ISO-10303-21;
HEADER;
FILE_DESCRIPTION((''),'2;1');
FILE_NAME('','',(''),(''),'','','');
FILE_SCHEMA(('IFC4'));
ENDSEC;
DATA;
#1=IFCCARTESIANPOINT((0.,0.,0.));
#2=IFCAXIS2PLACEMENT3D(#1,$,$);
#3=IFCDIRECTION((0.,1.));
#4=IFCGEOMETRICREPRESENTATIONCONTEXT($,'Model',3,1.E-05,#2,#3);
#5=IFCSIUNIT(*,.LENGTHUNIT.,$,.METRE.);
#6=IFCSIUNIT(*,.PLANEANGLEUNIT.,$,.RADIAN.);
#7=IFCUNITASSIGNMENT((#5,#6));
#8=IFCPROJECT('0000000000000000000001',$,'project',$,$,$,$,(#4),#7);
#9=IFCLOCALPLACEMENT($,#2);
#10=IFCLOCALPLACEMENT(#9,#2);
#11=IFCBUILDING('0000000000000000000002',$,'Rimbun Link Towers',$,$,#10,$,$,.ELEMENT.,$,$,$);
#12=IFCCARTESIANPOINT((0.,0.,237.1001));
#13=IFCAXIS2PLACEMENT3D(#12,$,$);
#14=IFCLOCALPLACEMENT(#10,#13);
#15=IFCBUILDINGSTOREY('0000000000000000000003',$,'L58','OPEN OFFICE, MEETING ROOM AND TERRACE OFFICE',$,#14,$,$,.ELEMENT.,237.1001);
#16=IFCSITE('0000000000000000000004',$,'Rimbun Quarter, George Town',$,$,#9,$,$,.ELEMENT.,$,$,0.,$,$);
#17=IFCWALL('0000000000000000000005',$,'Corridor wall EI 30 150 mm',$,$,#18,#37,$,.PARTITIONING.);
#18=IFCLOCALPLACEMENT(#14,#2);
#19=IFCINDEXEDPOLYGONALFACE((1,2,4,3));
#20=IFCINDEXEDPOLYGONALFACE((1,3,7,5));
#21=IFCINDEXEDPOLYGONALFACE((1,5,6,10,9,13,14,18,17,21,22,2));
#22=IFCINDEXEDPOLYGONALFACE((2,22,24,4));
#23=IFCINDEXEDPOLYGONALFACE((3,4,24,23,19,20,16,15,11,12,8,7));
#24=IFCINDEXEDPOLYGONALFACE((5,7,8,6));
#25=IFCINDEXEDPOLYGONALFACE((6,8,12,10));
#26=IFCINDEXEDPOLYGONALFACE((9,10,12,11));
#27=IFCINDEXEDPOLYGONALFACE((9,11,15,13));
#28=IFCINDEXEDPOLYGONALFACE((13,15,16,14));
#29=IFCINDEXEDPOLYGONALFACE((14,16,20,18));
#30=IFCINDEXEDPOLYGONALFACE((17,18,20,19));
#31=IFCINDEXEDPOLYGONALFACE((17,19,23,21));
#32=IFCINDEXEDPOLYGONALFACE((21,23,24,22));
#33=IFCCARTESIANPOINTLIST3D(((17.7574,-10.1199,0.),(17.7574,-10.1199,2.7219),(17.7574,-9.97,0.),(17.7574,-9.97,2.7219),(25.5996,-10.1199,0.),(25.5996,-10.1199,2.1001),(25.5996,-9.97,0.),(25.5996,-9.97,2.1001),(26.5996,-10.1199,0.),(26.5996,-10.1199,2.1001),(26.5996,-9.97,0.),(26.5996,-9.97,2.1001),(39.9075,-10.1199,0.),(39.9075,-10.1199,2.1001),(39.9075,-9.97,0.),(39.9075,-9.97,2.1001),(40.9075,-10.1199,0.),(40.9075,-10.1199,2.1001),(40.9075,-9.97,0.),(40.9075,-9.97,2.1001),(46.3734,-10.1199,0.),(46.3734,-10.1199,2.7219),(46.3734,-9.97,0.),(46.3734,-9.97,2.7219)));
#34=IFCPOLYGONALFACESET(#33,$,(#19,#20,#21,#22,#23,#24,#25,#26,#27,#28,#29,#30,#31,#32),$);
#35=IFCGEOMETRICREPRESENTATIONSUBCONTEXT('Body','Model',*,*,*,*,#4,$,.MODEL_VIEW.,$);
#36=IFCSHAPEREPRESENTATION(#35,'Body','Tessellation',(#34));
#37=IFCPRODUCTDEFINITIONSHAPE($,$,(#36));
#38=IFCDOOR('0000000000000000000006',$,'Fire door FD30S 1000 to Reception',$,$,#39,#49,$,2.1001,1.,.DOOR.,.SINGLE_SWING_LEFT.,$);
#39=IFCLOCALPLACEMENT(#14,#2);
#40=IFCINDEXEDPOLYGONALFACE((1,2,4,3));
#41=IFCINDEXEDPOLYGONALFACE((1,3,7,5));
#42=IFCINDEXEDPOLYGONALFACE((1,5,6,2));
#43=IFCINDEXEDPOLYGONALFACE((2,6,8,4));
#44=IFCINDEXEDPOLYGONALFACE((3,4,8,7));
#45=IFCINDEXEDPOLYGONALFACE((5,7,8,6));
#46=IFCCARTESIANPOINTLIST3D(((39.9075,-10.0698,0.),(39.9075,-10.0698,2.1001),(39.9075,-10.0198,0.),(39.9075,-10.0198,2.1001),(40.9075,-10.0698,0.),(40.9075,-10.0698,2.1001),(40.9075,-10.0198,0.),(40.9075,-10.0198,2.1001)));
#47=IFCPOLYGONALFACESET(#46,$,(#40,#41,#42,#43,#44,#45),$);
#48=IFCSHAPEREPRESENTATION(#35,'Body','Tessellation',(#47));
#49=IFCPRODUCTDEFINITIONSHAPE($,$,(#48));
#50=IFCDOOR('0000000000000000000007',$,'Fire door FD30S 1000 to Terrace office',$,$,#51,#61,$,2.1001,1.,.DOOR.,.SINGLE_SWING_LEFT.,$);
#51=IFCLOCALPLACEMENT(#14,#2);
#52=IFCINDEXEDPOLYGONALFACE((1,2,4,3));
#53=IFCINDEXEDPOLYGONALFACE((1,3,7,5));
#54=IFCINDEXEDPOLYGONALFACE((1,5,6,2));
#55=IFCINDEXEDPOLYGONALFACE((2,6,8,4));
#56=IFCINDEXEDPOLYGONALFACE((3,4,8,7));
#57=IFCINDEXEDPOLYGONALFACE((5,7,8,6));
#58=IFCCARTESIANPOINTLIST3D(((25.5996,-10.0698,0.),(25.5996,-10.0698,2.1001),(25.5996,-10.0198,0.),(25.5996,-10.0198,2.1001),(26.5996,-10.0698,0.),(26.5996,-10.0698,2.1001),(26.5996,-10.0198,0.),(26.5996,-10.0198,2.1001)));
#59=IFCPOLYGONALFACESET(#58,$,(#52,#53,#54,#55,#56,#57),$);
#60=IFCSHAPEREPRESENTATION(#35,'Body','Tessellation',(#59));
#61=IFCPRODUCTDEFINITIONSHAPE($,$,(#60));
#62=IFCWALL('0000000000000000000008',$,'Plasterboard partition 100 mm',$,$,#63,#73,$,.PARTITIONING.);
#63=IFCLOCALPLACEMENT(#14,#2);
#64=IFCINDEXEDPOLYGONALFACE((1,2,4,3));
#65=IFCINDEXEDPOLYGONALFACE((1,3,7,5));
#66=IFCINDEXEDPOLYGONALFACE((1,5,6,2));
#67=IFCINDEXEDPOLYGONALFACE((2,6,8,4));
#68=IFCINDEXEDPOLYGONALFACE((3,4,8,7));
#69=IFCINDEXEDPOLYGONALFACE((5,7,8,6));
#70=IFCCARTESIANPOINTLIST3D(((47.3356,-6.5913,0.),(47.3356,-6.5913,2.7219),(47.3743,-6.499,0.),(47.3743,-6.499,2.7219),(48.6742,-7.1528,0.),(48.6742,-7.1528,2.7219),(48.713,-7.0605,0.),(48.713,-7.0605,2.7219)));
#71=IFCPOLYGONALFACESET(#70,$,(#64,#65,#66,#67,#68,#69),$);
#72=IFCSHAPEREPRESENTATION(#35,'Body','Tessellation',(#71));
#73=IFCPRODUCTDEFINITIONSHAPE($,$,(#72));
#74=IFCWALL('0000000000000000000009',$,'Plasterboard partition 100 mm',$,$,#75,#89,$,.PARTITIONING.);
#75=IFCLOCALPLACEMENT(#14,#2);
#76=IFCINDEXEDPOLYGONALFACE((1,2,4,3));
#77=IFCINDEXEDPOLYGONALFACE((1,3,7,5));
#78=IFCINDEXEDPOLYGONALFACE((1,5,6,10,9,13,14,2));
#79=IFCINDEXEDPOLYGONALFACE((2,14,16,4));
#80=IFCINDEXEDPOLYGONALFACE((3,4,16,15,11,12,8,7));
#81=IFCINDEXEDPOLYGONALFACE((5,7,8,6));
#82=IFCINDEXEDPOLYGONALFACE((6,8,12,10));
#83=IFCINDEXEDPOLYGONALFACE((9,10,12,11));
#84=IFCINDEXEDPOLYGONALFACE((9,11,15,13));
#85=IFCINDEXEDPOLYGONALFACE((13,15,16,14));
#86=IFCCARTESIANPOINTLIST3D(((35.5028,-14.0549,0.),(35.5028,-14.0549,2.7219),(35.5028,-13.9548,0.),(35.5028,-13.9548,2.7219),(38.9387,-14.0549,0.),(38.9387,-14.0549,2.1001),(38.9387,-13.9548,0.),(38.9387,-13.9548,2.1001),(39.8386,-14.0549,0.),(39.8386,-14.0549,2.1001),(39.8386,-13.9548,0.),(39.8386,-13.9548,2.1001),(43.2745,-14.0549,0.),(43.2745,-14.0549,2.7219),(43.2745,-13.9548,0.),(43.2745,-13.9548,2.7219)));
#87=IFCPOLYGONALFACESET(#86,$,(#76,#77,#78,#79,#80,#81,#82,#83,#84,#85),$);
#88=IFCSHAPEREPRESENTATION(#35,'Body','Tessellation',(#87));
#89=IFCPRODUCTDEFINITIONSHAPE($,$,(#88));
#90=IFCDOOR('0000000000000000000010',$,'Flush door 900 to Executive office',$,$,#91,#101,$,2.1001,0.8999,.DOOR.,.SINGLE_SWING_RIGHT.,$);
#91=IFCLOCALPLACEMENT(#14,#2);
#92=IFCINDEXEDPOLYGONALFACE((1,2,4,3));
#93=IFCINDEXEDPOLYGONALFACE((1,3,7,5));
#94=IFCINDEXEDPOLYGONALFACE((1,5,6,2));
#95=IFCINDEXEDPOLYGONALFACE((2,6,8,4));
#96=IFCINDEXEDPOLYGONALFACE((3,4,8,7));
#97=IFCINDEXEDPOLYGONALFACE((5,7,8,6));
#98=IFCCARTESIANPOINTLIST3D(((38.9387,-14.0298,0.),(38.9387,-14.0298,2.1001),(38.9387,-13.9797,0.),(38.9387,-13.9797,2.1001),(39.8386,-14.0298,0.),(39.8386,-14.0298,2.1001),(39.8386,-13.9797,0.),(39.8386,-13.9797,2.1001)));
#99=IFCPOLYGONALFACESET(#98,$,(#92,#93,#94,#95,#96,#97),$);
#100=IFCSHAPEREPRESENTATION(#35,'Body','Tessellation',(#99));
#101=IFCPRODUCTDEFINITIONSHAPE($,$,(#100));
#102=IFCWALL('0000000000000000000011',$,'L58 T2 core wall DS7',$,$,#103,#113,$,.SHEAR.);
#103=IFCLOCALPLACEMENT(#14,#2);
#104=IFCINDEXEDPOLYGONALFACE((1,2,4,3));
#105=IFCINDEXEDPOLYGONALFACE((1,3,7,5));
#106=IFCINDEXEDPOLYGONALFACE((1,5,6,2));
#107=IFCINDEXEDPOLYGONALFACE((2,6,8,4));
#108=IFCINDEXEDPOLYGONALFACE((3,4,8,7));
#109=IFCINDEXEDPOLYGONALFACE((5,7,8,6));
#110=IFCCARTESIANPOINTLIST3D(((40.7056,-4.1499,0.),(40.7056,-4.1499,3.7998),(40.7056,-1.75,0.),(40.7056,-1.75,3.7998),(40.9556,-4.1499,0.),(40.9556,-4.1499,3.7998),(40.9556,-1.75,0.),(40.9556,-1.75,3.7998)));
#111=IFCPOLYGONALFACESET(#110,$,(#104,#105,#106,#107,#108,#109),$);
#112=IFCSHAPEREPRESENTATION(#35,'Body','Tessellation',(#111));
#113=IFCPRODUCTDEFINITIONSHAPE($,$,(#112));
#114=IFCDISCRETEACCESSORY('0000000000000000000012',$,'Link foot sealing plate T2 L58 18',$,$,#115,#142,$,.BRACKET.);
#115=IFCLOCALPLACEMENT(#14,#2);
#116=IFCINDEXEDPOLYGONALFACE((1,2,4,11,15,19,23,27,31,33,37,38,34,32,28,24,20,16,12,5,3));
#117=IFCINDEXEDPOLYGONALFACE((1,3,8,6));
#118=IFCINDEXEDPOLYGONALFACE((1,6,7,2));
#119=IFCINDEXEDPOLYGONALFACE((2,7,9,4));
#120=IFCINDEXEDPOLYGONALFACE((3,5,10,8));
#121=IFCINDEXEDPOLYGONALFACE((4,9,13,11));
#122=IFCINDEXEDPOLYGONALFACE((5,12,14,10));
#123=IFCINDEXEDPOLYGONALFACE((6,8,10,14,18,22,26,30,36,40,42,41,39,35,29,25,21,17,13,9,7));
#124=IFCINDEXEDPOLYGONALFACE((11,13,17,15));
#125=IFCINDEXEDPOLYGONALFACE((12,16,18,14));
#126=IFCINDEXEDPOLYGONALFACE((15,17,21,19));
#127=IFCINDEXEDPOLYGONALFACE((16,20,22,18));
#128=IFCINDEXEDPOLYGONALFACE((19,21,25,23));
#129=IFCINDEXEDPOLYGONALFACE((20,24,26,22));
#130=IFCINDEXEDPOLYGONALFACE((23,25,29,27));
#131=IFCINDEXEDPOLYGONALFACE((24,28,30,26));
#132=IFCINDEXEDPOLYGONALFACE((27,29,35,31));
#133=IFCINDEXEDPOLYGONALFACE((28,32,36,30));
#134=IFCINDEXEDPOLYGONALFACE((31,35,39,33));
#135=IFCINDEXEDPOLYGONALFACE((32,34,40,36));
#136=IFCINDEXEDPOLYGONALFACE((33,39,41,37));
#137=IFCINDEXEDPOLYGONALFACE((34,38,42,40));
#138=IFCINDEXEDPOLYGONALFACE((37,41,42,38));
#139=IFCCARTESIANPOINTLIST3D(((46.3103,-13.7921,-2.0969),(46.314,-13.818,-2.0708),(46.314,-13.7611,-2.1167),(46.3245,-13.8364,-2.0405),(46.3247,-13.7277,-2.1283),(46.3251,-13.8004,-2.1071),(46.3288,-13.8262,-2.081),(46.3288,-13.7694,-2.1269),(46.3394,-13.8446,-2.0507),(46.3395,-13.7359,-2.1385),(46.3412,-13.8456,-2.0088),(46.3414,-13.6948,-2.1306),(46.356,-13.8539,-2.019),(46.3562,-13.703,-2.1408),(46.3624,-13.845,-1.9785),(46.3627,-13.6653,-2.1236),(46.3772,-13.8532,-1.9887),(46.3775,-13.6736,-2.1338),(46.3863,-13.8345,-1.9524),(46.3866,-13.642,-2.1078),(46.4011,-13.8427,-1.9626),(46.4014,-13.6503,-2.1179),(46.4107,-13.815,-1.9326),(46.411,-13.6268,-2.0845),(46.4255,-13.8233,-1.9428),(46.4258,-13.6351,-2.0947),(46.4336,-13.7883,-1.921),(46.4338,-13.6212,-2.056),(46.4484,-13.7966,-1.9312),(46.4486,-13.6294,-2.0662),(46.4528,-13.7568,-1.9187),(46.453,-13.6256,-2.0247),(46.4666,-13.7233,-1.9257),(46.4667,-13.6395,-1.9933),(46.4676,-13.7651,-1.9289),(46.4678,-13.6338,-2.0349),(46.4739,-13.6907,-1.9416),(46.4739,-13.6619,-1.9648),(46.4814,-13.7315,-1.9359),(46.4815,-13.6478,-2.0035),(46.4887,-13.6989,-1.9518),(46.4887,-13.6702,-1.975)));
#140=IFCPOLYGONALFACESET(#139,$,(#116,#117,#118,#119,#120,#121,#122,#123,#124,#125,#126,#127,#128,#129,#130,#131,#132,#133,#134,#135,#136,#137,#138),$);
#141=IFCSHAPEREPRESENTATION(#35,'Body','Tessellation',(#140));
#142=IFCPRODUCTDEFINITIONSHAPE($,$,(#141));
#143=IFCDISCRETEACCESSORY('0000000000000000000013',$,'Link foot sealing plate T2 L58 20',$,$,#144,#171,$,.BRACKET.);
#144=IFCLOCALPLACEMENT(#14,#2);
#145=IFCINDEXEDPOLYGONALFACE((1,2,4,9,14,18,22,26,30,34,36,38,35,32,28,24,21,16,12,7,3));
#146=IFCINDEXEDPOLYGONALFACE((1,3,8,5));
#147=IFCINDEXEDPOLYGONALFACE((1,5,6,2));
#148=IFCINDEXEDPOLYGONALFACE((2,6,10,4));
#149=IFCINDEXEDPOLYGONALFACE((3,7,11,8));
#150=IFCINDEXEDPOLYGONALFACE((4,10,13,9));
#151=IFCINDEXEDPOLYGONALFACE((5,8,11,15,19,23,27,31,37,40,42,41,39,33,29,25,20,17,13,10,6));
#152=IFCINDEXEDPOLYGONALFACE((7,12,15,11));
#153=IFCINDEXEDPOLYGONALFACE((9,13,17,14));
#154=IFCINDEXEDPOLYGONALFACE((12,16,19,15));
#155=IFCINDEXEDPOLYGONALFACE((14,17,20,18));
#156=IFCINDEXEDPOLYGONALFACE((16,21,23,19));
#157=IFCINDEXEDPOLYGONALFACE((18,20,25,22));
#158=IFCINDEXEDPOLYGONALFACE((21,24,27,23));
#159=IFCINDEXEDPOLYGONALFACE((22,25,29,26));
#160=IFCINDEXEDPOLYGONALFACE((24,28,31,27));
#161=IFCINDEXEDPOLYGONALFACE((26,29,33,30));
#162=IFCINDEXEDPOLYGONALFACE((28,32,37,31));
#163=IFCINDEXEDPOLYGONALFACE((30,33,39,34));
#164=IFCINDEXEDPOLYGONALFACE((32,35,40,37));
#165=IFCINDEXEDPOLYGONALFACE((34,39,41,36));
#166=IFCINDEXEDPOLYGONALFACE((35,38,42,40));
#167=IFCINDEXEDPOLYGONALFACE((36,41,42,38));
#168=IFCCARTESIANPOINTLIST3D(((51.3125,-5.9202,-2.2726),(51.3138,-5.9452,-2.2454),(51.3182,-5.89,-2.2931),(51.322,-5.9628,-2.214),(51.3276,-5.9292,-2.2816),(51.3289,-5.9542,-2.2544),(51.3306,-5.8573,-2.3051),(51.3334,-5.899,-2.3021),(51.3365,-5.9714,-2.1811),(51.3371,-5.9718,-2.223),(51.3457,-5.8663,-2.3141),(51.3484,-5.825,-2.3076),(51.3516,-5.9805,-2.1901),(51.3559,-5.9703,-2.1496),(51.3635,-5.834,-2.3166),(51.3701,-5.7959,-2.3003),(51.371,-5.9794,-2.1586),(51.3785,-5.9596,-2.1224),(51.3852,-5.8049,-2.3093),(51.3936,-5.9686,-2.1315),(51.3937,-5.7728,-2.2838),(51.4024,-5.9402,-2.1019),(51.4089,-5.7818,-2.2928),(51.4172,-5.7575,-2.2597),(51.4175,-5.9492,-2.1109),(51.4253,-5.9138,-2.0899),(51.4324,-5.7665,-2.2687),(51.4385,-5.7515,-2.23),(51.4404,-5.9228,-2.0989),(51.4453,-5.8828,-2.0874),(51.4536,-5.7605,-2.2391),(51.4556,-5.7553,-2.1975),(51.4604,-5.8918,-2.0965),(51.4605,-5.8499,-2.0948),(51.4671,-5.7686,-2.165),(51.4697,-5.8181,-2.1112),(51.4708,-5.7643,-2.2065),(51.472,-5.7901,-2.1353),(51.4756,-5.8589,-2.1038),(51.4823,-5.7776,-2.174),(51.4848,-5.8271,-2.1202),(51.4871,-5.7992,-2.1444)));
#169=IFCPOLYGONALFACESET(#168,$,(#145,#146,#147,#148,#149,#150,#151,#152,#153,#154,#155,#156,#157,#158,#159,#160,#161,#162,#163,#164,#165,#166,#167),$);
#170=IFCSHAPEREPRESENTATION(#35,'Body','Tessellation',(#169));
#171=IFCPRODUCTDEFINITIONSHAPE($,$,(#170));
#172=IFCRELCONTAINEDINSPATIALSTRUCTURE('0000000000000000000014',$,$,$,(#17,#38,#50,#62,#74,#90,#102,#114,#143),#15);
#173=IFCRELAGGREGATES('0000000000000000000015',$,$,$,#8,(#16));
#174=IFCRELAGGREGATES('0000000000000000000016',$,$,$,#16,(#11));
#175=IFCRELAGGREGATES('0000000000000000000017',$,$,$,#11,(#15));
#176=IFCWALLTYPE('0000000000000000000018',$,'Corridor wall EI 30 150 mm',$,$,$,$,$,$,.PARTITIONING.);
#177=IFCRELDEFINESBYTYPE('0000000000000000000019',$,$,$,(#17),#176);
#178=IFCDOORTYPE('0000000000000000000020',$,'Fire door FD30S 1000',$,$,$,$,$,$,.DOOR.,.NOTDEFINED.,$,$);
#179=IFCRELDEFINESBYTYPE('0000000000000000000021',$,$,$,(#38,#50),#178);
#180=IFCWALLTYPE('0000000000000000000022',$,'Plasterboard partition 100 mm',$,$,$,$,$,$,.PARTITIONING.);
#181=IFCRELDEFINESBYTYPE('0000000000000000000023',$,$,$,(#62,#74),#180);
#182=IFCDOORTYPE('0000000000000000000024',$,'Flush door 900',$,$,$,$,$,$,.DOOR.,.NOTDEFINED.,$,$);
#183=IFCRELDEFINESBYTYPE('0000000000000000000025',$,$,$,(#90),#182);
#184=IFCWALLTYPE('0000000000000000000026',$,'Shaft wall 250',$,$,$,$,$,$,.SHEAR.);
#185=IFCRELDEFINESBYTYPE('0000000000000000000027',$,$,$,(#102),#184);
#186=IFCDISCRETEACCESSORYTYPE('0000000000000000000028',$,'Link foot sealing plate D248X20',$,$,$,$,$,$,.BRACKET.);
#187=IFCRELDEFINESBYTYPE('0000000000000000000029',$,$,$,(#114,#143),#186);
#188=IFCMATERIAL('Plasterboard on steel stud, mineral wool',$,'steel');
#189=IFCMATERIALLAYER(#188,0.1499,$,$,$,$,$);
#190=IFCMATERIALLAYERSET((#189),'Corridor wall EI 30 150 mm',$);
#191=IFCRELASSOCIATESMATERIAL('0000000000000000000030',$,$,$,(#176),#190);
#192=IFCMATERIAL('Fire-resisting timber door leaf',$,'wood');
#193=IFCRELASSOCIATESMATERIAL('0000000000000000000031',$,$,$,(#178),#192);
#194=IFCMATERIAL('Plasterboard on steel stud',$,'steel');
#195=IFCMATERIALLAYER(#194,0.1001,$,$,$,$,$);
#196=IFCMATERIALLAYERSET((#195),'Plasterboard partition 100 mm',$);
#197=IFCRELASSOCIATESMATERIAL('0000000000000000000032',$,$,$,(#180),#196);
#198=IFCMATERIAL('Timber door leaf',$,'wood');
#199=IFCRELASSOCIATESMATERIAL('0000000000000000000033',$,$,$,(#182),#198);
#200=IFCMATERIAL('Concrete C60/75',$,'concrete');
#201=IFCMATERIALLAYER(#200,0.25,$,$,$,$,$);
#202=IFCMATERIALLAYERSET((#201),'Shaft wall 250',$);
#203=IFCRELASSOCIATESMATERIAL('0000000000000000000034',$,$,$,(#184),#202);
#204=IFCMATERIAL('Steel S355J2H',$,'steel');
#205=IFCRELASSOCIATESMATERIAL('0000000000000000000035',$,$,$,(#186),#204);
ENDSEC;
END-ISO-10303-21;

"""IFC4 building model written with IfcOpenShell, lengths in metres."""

from ifc_helpers import new_model, si_unit, direction, frame, frame_2d, origin, origin_2d, place, context, subcontext, project, spatial, rectangle, circle, extrude, material, layer, layer_set, material_profile, profile_set, type_object, element, fill, save


model = new_model("IFC4")

# Units and contexts
model_context = context("Model", 3, precision=1e-05, world=origin(), true_north=direction((0.0, 1.0)))
body_context = subcontext(model_context, "Body", "Model", "MODEL_VIEW")
ifc_project = project(units=[si_unit("LENGTHUNIT", "METRE"), si_unit("PLANEANGLEUNIT", "RADIAN")], contexts=[model_context])

# Site, building, storey
site_placement = place(None, origin())
site = spatial("IfcSite", under=ifc_project, at=site_placement, Name="Rimbun Quarter, George Town", CompositionType="ELEMENT", RefElevation=0.0)
building_placement = place(site_placement, origin())
building = spatial("IfcBuilding", under=site, at=building_placement, Name="Rimbun Link Towers", CompositionType="ELEMENT")
storey_placement = place(building_placement, frame((0.0, 0.0, 237.1001)))
storey = spatial("IfcBuildingStorey", under=building, at=storey_placement, Name="L58", Description="OPEN OFFICE, MEETING ROOM AND TERRACE OFFICE", CompositionType="ELEMENT", Elevation=237.1001)

# Shared definitions
ifc_material_1 = material(Name="Plasterboard on steel stud, mineral wool", Category="steel")
ifc_layer_1 = layer(ifc_material_1, 0.1499)
ifc_layer_set_1 = layer_set([ifc_layer_1], Name="Corridor wall EI 30 150 mm")
wall_type_1 = type_object("IfcWallType", Name="Corridor wall EI 30 150 mm", PredefinedType="PARTITIONING", material=ifc_layer_set_1)

# Wall, openings, doors
wall_1_placement = place(storey_placement, frame((46.3735, -10.0449, 0.0), z_axis=(0.0, 0.0, 1.0), x_axis=(-1.0, 0.0, 0.0)))
wall_1 = element("IfcWall", 1, at=wall_1_placement, inside=storey, type_object=wall_type_1, Name="Corridor wall EI 30 150 mm", PredefinedType="PARTITIONING", context=body_context, shape_type="SweptSolid", body=[
    extrude(rectangle(XDim=28.616, YDim=0.1499, at=frame_2d((14.3081, 0.0))), origin(), (0.0, 0.0, 1.0), 2.7219),
])
opening_1_placement = place(wall_1_placement, frame((5.4661, 0.0, 0.0)))
opening_1 = element("IfcOpeningElement", 2, at=opening_1_placement, cuts=wall_1, PredefinedType="OPENING", context=body_context, shape_type="SweptSolid", body=[
    extrude(rectangle(XDim=1.0, YDim=2.1001, at=frame_2d((0.5, 1.05))), frame((0.0, 0.085, 0.0), z_axis=(0.0, -1.0, 0.0), x_axis=(1.0, 0.0, 0.0)), (0.0, 0.0, 1.0), 0.1699),
])
opening_2_placement = place(wall_1_placement, frame((19.7739, 0.0, 0.0)))
opening_2 = element("IfcOpeningElement", 3, at=opening_2_placement, cuts=wall_1, PredefinedType="OPENING", context=body_context, shape_type="SweptSolid", body=[
    extrude(rectangle(XDim=1.0, YDim=2.1001, at=frame_2d((0.5, 1.05))), frame((0.0, 0.085, 0.0), z_axis=(0.0, -1.0, 0.0), x_axis=(1.0, 0.0, 0.0)), (0.0, 0.0, 1.0), 0.1699),
])
ifc_material_2 = material(Name="Fire-resisting timber door leaf", Category="wood")
door_type_1 = type_object("IfcDoorType", Name="Fire door FD30S 1000", OperationType="NOTDEFINED", PredefinedType="DOOR", material=ifc_material_2)
door_1_placement = place(opening_1_placement, origin())
door_1 = element("IfcDoor", 4, at=door_1_placement, inside=storey, type_object=door_type_1, Name="Fire door FD30S 1000 to Reception", OperationType="SINGLE_SWING_LEFT", OverallHeight=2.1001, OverallWidth=1.0, PredefinedType="DOOR", context=body_context, shape_type="SweptSolid", body=[
    extrude(rectangle(XDim=1.0, YDim=2.1001, at=frame_2d((0.5, 1.05))), frame((0.0, 0.0249, 0.0), z_axis=(0.0, -1.0, 0.0), x_axis=(1.0, 0.0, 0.0)), (0.0, 0.0, 1.0), 0.05),
])
fill(opening_1, door_1)
door_2_placement = place(opening_2_placement, origin())
door_2 = element("IfcDoor", 5, at=door_2_placement, inside=storey, type_object=door_type_1, Name="Fire door FD30S 1000 to Terrace office", OperationType="SINGLE_SWING_LEFT", OverallHeight=2.1001, OverallWidth=1.0, PredefinedType="DOOR", context=body_context, shape_type="SweptSolid", body=[
    extrude(rectangle(XDim=1.0, YDim=2.1001, at=frame_2d((0.5, 1.05))), frame((0.0, 0.0249, 0.0), z_axis=(0.0, -1.0, 0.0), x_axis=(1.0, 0.0, 0.0)), (0.0, 0.0, 1.0), 0.05),
])
fill(opening_2, door_2)

# Wall
ifc_material_3 = material(Name="Plasterboard on steel stud", Category="steel")
ifc_layer_2 = layer(ifc_material_3, 0.1001)
ifc_layer_set_2 = layer_set([ifc_layer_2], Name="Plasterboard partition 100 mm")
wall_type_2 = type_object("IfcWallType", Name="Plasterboard partition 100 mm", PredefinedType="PARTITIONING", material=ifc_layer_set_2)
wall_2_placement = place(storey_placement, frame((48.6936, -7.1067, 0.0), z_axis=(0.0, 0.0, 1.0), x_axis=(-0.922154, 0.386824, 0.0)))
element("IfcWall", 6, at=wall_2_placement, inside=storey, type_object=wall_type_2, Name="Plasterboard partition 100 mm", PredefinedType="PARTITIONING", context=body_context, shape_type="SweptSolid", body=[
    extrude(rectangle(XDim=1.4517, YDim=0.1001, at=frame_2d((0.7258, 0.0))), origin(), (0.0, 0.0, 1.0), 2.7219),
])

# Wall, opening, door
wall_3_placement = place(storey_placement, frame((43.2744, -14.0049, 0.0), z_axis=(0.0, 0.0, 1.0), x_axis=(-1.0, 0.0, 0.0)))
wall_3 = element("IfcWall", 7, at=wall_3_placement, inside=storey, type_object=wall_type_2, Name="Plasterboard partition 100 mm", PredefinedType="PARTITIONING", context=body_context, shape_type="SweptSolid", body=[
    extrude(rectangle(XDim=7.7717, YDim=0.1001, at=frame_2d((3.8857, 0.0))), origin(), (0.0, 0.0, 1.0), 2.7219),
])
opening_3_placement = place(wall_3_placement, frame((3.4358, 0.0, 0.0)))
opening_3 = element("IfcOpeningElement", 8, at=opening_3_placement, cuts=wall_3, PredefinedType="OPENING", context=body_context, shape_type="SweptSolid", body=[
    extrude(rectangle(XDim=0.8999, YDim=2.1001, at=frame_2d((0.45, 1.05))), frame((0.0, 0.0601, 0.0), z_axis=(0.0, -1.0, 0.0), x_axis=(1.0, 0.0, 0.0)), (0.0, 0.0, 1.0), 0.1201),
])
ifc_material_4 = material(Name="Timber door leaf", Category="wood")
door_type_2 = type_object("IfcDoorType", Name="Flush door 900", OperationType="NOTDEFINED", PredefinedType="DOOR", material=ifc_material_4)
door_3_placement = place(opening_3_placement, origin())
door_3 = element("IfcDoor", 9, at=door_3_placement, inside=storey, type_object=door_type_2, Name="Flush door 900 to Executive office", OperationType="SINGLE_SWING_RIGHT", OverallHeight=2.1001, OverallWidth=0.8999, PredefinedType="DOOR", context=body_context, shape_type="SweptSolid", body=[
    extrude(rectangle(XDim=0.8999, YDim=2.1001, at=frame_2d((0.45, 1.05))), frame((0.0, 0.0249, 0.0), z_axis=(0.0, -1.0, 0.0), x_axis=(1.0, 0.0, 0.0)), (0.0, 0.0, 1.0), 0.05),
])
fill(opening_3, door_3)

# Wall
ifc_material_5 = material(Name="Concrete C60/75", Category="concrete")
ifc_layer_3 = layer(ifc_material_5, 0.25)
ifc_layer_set_3 = layer_set([ifc_layer_3], Name="Shaft wall 250")
wall_type_3 = type_object("IfcWallType", Name="Shaft wall 250", PredefinedType="SHEAR", material=ifc_layer_set_3)
wall_4_placement = place(storey_placement, frame((40.8306, -4.1499, 0.0), z_axis=(0.0, 0.0, 1.0), x_axis=(0.0, 1.0, 0.0)))
element("IfcWall", 10, at=wall_4_placement, inside=storey, type_object=wall_type_3, Name="L58 T2 core wall DS7", PredefinedType="SHEAR", context=body_context, shape_type="SweptSolid", body=[
    extrude(rectangle(XDim=2.3999, YDim=0.25, at=frame_2d((1.2, 0.0))), origin(), (0.0, 0.0, 1.0), 3.7998),
])

# Discrete accessories
ifc_material_6 = material(Name="Steel S355J2H", Category="steel")
ifc_material_profile_1 = material_profile(ifc_material_6, circle(Radius=0.124, at=origin_2d()), Name="PL D248")
ifc_profile_set_1 = profile_set([ifc_material_profile_1], Name="Steel S355J2H")
discrete_accessory_type = type_object("IfcDiscreteAccessoryType", Name="Link foot sealing plate D248X20", PredefinedType="BRACKET", material=ifc_profile_set_1)
for number, where, z_axis, x_axis, name in (
    (11, (46.3926, -13.7339, -2.0247), (0.748537, -0.417217, -0.515386), (0.486858, 0.873481, 0.0), "Link foot sealing plate T2 L58 18"),
    (12, (51.3921, -5.8618, -2.1975), (0.76421, -0.456061, -0.456061), (0.512458, 0.858713, 0.0), "Link foot sealing plate T2 L58 20"),
):
    element("IfcDiscreteAccessory", number, at=place(storey_placement, frame(where, z_axis=z_axis, x_axis=x_axis)), inside=storey, type_object=discrete_accessory_type, Name=name, PredefinedType="BRACKET", context=body_context, shape_type="SweptSolid", body=[
        extrude(circle(Radius=0.124, at=origin_2d()), origin(), (0.0, 0.0, 1.0), 0.0198),
    ])

save(model, "model.ifc")
